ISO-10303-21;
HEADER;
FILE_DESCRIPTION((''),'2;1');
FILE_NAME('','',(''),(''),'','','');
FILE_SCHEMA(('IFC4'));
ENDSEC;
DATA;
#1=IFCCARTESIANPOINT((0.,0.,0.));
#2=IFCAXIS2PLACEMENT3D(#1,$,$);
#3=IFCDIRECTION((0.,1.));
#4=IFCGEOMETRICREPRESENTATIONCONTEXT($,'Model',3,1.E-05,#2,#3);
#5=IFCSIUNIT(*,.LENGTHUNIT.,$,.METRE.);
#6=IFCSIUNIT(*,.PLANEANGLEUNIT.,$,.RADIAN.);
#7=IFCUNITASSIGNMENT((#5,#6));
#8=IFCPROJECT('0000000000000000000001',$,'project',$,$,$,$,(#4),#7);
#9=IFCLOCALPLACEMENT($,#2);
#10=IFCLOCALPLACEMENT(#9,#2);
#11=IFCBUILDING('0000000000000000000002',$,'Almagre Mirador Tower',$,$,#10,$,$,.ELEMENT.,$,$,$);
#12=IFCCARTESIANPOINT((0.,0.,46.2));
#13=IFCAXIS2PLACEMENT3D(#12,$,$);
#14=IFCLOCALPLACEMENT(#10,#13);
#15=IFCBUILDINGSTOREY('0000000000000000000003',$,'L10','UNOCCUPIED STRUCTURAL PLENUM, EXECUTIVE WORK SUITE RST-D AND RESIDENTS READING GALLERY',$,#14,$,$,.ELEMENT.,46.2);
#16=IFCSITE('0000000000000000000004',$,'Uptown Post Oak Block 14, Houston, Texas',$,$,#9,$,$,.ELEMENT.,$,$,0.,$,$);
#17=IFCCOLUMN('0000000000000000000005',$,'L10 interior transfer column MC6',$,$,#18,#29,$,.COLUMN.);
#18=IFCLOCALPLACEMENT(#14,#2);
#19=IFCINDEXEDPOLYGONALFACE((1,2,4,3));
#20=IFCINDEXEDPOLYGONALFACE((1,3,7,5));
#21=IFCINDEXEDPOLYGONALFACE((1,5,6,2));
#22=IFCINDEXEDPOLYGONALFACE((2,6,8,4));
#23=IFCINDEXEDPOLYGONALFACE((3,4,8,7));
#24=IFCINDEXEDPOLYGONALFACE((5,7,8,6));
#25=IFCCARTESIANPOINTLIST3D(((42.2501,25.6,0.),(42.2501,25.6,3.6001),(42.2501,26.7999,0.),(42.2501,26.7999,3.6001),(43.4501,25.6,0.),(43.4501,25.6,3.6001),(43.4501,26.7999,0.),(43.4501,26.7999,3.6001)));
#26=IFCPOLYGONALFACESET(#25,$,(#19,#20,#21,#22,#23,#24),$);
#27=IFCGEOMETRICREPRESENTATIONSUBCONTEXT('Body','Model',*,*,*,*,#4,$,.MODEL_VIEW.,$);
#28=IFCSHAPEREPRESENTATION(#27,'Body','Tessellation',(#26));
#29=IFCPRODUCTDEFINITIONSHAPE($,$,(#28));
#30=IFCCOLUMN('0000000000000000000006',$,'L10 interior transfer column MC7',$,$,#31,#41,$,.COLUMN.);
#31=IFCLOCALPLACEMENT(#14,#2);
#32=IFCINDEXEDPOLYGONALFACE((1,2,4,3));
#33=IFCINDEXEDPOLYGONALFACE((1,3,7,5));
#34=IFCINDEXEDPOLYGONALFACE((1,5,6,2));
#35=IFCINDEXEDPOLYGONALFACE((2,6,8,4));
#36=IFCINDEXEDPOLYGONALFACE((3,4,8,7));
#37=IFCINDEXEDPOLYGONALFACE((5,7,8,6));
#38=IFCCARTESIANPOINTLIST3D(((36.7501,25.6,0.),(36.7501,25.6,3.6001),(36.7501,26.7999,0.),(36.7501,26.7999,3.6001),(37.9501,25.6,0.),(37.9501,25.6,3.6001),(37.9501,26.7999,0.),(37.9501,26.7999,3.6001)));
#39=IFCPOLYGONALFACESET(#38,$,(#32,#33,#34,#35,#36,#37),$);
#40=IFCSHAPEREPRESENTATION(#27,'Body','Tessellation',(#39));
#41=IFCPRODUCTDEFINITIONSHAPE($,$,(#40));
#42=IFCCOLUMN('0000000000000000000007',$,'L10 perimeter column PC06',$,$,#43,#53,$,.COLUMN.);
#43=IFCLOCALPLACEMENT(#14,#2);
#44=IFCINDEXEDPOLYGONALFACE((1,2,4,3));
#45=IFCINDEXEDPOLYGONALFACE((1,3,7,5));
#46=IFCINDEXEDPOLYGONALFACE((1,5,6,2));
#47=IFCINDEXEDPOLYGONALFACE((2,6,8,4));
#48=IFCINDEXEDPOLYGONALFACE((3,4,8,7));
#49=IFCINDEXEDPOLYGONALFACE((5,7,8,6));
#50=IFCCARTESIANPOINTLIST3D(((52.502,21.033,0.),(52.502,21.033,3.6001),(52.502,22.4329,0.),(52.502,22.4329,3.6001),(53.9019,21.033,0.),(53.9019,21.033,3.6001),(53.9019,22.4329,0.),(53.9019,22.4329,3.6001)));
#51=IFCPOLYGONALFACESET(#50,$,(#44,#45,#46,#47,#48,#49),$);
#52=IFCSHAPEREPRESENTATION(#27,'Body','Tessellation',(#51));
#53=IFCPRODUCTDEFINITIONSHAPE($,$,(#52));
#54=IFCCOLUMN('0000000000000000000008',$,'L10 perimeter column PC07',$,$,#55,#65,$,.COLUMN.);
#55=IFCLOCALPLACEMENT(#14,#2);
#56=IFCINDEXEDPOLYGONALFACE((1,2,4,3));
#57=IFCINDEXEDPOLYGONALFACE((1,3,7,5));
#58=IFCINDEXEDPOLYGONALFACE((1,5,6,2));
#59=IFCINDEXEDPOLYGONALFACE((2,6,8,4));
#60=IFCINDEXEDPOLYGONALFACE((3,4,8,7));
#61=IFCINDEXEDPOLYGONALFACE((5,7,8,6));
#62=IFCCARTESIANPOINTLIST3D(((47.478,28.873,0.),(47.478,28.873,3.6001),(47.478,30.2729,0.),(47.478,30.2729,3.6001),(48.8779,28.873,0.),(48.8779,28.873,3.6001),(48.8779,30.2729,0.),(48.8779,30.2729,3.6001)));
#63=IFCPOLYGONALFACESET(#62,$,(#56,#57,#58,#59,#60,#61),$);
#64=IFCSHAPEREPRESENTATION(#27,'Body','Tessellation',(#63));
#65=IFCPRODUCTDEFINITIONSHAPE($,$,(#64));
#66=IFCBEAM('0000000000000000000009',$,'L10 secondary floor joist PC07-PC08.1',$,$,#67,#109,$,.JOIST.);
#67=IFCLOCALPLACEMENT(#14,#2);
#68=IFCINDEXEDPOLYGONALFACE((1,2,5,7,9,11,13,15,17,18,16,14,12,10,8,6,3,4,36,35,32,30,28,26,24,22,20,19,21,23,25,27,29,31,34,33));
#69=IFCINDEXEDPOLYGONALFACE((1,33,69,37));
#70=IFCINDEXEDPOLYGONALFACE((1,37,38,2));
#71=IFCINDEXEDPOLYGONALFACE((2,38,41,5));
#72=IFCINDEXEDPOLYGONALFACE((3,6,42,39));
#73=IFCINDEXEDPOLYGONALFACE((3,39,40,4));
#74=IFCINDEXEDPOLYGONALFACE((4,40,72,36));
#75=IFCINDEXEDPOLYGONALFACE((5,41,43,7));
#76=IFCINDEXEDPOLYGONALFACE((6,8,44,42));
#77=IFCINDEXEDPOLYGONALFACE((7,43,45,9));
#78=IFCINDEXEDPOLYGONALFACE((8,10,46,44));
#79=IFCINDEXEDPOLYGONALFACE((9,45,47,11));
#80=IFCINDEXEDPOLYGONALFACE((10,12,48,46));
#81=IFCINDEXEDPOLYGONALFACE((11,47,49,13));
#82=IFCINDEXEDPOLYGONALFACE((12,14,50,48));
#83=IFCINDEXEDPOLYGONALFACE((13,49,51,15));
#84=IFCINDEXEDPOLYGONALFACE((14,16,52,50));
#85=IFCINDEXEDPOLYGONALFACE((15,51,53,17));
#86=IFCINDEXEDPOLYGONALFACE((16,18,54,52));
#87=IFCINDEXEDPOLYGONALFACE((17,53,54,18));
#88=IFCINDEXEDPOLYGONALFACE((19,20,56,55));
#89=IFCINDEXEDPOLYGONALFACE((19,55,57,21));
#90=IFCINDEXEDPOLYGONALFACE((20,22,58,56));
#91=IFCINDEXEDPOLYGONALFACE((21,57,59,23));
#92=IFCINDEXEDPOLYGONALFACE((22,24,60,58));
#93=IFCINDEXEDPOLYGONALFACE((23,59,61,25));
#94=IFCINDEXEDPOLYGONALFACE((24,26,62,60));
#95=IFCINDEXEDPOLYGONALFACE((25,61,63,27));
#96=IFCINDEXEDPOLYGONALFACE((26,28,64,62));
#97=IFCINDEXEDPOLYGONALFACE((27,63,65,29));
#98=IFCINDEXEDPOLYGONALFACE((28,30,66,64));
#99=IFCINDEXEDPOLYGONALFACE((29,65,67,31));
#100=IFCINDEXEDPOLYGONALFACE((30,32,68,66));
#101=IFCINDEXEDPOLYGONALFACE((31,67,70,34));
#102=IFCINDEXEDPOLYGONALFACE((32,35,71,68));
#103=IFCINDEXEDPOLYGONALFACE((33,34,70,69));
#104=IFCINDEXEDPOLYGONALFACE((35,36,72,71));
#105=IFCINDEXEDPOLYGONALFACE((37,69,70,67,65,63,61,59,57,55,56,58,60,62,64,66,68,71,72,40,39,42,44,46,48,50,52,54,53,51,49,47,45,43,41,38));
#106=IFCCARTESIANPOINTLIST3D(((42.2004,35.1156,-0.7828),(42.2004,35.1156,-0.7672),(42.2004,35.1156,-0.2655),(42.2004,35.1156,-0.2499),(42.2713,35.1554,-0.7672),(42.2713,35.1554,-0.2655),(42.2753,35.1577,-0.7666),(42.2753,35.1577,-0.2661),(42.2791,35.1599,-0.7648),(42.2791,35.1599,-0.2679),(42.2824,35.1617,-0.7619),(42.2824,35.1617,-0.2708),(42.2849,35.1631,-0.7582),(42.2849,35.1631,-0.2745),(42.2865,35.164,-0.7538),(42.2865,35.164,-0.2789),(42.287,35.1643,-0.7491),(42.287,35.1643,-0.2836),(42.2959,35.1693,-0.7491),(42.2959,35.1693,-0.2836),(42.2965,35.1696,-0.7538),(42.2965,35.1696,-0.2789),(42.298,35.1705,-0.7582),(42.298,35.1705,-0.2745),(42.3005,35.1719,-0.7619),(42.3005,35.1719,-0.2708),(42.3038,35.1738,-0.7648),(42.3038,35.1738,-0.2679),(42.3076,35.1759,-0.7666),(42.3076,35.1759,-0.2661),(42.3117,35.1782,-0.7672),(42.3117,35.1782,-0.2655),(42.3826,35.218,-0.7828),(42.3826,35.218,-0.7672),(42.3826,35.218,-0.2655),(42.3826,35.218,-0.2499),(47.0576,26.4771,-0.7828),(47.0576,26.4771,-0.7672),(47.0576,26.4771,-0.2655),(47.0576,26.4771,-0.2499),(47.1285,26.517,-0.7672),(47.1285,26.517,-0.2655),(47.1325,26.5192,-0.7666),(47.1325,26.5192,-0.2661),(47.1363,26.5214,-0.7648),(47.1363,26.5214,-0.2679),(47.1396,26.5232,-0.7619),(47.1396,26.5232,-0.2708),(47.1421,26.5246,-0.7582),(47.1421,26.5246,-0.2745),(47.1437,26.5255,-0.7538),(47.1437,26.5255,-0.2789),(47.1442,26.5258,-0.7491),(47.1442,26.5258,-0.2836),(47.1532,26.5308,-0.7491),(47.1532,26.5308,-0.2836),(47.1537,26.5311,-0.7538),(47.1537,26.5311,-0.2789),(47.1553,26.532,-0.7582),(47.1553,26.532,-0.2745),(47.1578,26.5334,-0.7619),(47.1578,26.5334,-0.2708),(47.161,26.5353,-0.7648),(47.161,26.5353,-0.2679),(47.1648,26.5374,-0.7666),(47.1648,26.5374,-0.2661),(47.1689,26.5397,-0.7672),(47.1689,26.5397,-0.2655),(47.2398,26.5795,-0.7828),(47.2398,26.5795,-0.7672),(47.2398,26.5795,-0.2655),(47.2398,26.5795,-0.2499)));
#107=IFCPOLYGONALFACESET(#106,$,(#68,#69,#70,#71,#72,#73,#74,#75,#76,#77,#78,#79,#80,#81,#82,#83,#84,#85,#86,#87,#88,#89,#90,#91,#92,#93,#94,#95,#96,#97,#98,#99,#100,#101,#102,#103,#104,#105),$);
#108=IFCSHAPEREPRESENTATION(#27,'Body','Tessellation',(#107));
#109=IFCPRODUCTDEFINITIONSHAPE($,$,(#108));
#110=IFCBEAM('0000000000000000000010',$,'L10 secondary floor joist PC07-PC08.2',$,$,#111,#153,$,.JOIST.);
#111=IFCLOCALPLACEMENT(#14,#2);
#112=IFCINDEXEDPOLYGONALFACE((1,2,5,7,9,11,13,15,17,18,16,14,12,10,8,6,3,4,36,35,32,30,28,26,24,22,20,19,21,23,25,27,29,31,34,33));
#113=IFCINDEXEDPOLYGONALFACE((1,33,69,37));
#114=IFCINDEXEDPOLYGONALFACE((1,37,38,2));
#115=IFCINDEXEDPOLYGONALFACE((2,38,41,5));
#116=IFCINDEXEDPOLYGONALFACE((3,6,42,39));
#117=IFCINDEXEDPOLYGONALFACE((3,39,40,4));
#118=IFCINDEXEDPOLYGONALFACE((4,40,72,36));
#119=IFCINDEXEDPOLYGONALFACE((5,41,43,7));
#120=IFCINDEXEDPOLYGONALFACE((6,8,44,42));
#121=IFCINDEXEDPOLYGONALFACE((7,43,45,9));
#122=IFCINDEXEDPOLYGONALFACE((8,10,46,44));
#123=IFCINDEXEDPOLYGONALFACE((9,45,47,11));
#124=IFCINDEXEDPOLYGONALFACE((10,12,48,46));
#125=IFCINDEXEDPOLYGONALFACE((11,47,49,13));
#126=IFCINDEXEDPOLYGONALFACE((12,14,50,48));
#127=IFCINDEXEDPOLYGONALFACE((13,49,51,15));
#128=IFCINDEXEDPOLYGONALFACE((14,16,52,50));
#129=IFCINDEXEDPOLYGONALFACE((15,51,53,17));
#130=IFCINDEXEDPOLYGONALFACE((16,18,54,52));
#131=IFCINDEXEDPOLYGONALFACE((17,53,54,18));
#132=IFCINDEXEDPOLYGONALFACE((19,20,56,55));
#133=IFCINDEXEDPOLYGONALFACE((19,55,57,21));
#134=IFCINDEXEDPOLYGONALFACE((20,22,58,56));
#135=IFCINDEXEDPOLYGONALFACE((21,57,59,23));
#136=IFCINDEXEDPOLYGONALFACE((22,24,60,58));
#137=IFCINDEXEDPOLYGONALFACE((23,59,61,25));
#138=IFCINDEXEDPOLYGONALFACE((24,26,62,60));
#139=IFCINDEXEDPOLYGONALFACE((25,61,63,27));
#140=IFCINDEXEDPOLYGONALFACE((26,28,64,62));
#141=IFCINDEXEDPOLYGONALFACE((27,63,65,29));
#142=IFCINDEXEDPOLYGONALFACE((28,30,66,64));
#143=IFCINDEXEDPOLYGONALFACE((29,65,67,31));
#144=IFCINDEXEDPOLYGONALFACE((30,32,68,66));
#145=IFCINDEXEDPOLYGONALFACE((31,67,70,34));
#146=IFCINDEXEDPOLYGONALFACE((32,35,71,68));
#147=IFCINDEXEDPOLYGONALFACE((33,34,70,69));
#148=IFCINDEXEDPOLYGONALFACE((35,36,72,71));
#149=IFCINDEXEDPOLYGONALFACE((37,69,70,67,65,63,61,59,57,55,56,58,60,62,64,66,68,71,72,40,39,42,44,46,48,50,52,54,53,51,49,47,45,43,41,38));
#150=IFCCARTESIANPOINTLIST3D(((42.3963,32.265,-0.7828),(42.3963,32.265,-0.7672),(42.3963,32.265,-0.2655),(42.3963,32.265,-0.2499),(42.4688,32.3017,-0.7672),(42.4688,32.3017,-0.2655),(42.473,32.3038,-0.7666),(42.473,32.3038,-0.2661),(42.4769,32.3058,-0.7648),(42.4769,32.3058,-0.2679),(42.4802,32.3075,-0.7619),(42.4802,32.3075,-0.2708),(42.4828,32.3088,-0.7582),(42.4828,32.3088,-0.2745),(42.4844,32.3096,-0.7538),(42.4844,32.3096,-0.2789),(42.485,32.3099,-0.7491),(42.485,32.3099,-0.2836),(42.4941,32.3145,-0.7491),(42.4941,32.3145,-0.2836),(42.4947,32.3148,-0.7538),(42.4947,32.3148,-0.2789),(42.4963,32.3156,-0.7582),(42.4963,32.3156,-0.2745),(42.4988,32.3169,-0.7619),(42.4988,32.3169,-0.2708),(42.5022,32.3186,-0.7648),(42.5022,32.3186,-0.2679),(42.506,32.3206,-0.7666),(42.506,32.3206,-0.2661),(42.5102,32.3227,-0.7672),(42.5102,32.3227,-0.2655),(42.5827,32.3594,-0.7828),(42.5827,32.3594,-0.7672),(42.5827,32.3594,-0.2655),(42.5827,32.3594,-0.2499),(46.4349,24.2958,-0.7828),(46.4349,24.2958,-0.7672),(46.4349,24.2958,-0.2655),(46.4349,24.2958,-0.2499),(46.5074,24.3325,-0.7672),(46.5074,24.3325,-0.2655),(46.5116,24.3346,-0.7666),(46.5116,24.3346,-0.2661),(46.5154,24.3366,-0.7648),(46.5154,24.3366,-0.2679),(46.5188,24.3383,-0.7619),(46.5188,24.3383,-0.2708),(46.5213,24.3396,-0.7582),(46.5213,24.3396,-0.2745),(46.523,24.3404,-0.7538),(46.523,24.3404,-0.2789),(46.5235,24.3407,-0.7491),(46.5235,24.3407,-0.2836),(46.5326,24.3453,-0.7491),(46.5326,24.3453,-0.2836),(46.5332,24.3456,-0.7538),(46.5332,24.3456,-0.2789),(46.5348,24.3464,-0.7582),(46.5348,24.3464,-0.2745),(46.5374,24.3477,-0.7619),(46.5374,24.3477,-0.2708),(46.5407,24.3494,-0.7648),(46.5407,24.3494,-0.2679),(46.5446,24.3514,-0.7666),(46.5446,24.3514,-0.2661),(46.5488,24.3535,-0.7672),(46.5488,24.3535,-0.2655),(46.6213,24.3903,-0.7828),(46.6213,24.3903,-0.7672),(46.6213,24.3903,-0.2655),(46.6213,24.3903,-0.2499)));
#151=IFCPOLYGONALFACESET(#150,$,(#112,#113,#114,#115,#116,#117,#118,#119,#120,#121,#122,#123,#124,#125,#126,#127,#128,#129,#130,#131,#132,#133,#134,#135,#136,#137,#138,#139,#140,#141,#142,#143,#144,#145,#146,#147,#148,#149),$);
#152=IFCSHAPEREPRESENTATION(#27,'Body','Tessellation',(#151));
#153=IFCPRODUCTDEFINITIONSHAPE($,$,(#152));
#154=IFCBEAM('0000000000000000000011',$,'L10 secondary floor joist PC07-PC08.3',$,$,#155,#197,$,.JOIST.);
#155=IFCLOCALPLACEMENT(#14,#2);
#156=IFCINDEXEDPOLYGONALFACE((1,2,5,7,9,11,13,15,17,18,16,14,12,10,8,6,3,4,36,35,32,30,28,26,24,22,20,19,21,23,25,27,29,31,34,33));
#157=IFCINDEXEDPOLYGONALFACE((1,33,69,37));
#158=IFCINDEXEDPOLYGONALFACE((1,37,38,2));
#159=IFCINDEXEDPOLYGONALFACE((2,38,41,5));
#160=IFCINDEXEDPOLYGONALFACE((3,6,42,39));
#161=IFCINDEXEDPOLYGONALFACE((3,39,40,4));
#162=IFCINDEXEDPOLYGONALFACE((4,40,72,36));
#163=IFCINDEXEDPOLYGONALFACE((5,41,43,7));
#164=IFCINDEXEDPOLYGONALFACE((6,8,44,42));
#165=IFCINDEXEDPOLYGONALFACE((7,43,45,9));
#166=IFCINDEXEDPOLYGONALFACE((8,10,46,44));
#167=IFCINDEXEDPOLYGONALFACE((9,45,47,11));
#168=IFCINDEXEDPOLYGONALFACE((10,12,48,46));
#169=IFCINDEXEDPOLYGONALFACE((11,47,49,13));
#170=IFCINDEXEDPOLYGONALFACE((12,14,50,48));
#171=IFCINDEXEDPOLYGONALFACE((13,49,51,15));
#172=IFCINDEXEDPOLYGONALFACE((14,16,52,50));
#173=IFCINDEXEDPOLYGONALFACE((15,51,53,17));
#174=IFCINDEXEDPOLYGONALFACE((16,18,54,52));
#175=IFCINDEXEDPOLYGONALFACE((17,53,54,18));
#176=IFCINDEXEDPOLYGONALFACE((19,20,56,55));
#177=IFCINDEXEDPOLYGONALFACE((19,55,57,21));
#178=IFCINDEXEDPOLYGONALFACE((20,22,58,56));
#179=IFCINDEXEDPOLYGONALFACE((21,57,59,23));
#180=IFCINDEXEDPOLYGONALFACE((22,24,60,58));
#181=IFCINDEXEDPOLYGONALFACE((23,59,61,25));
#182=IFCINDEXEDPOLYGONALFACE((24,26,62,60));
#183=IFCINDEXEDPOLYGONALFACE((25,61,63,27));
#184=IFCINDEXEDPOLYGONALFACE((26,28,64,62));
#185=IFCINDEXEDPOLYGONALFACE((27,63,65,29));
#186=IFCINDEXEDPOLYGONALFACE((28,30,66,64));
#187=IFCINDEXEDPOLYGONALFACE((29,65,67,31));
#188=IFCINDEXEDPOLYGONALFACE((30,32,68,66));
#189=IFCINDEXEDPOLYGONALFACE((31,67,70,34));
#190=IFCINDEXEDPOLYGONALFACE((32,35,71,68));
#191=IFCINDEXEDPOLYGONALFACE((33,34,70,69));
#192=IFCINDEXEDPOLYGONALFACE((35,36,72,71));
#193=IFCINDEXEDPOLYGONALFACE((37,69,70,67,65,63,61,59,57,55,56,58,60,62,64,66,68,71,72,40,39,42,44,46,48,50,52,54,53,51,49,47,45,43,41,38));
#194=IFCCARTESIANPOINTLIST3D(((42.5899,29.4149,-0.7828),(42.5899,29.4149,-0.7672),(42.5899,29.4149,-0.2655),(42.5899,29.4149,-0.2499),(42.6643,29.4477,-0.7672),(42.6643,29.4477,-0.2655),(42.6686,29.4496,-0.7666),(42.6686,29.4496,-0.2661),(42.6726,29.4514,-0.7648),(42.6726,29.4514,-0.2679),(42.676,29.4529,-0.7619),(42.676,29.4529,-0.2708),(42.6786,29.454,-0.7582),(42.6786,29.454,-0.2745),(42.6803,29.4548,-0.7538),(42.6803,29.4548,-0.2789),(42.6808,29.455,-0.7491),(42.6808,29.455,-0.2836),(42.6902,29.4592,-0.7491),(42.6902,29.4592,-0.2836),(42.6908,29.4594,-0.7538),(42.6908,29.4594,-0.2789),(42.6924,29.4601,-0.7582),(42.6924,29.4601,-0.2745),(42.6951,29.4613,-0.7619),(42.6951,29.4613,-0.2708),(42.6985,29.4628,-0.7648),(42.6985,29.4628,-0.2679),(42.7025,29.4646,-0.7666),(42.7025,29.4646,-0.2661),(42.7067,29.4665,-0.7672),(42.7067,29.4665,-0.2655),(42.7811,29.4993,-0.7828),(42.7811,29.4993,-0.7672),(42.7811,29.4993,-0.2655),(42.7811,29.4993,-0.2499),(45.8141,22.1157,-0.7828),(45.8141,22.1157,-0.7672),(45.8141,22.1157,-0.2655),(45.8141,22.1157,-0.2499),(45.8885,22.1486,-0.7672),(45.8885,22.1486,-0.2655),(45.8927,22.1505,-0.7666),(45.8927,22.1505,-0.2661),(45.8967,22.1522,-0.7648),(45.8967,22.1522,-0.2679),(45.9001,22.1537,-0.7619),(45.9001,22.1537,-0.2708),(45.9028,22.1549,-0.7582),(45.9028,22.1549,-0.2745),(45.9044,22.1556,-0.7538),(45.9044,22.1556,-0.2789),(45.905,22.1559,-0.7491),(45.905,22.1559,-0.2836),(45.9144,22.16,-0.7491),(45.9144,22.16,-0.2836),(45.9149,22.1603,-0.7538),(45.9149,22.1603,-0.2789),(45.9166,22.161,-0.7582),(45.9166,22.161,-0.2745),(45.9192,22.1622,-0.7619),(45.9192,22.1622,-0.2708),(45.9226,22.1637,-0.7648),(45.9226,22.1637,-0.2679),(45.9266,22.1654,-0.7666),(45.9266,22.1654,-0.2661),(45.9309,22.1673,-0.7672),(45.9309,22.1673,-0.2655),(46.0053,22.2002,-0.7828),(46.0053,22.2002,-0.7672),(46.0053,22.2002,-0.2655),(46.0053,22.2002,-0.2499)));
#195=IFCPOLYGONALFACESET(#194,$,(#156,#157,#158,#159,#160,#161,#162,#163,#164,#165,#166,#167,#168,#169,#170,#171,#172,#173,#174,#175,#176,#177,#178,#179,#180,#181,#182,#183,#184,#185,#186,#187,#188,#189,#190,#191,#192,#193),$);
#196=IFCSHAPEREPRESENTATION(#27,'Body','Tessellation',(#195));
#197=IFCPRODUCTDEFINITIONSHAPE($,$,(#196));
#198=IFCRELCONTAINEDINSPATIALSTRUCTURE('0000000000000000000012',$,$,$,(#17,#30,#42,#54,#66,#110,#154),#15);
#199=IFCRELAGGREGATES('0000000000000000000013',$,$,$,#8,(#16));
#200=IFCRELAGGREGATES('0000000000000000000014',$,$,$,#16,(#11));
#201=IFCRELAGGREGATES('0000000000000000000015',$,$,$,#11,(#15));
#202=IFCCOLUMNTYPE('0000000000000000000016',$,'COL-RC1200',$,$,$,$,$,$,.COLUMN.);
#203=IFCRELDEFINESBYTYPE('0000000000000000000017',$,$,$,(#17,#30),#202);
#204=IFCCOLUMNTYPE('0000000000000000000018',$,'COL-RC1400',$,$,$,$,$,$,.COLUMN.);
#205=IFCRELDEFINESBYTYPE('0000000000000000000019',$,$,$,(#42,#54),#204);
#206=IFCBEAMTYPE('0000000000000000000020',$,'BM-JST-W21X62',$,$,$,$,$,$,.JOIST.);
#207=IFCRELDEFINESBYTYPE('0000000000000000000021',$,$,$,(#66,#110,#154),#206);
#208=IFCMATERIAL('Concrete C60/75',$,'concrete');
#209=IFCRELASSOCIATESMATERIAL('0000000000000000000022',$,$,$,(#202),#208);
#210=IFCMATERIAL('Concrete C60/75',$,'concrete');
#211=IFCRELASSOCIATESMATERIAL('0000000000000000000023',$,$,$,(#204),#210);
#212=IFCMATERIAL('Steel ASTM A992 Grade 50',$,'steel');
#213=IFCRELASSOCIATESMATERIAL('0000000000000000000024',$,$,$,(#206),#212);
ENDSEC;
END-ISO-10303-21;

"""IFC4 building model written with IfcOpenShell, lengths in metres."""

from ifc_helpers import new_model, si_unit, direction, frame, origin, origin_2d, place, context, subcontext, project, spatial, rectangle, i_section, extrude, material, material_profile, profile_set, type_object, element, save


model = new_model("IFC4")

# Units and contexts
model_context = context("Model", 3, precision=1e-05, world=origin(), true_north=direction((0.0, 1.0)))
body_context = subcontext(model_context, "Body", "Model", "MODEL_VIEW")
ifc_project = project(units=[si_unit("LENGTHUNIT", "METRE"), si_unit("PLANEANGLEUNIT", "RADIAN")], contexts=[model_context])

# Site, building, storey
site_placement = place(None, origin())
site = spatial("IfcSite", under=ifc_project, at=site_placement, Name="Uptown Post Oak Block 14, Houston, Texas", CompositionType="ELEMENT", RefElevation=0.0)
building_placement = place(site_placement, origin())
building = spatial("IfcBuilding", under=site, at=building_placement, Name="Almagre Mirador Tower", CompositionType="ELEMENT")
storey_placement = place(building_placement, frame((0.0, 0.0, 46.2)))
storey = spatial("IfcBuildingStorey", under=building, at=storey_placement, Name="L10", Description="UNOCCUPIED STRUCTURAL PLENUM, EXECUTIVE WORK SUITE RST-D AND RESIDENTS READING GALLERY", CompositionType="ELEMENT", Elevation=46.2)

# Columns
ifc_material_1 = material(Name="Concrete C60/75", Category="concrete")
ifc_material_profile_1 = material_profile(ifc_material_1, rectangle(XDim=1.2, YDim=1.2, at=origin_2d()), Name="RC1200X1200")
ifc_profile_set_1 = profile_set([ifc_material_profile_1], Name="Concrete C60/75")
column_type_1 = type_object("IfcColumnType", Name="COL-RC1200", PredefinedType="COLUMN", material=ifc_profile_set_1)
for number, where, z_axis, x_axis, name in (
    (1, (42.8501, 26.2, 0.0), (0.0, 0.0, 1.0), (1.0, 0.0, 0.0), "L10 interior transfer column MC6"),
    (2, (37.3501, 26.2, 0.0), (0.0, 0.0, 1.0), (1.0, 0.0, 0.0), "L10 interior transfer column MC7"),
):
    element("IfcColumn", number, at=place(storey_placement, frame(where, z_axis=z_axis, x_axis=x_axis)), inside=storey, type_object=column_type_1, Name=name, PredefinedType="COLUMN", context=body_context, shape_type="SweptSolid", body=[
        extrude(rectangle(XDim=1.2, YDim=1.2, at=origin_2d()), origin(), (0.0, 0.0, 1.0), 3.6001),
    ])
ifc_material_2 = material(Name="Concrete C60/75", Category="concrete")
ifc_material_profile_2 = material_profile(ifc_material_2, rectangle(XDim=1.3999, YDim=1.3999, at=origin_2d()), Name="RC1400X1400")
ifc_profile_set_2 = profile_set([ifc_material_profile_2], Name="Concrete C60/75")
column_type_2 = type_object("IfcColumnType", Name="COL-RC1400", PredefinedType="COLUMN", material=ifc_profile_set_2)
for number, where, z_axis, x_axis, name in (
    (3, (53.2019, 21.7329, 0.0), (0.0, 0.0, 1.0), (1.0, 0.0, 0.0), "L10 perimeter column PC06"),
    (4, (48.178, 29.573, 0.0), (0.0, 0.0, 1.0), (1.0, 0.0, 0.0), "L10 perimeter column PC07"),
):
    element("IfcColumn", number, at=place(storey_placement, frame(where, z_axis=z_axis, x_axis=x_axis)), inside=storey, type_object=column_type_2, Name=name, PredefinedType="COLUMN", context=body_context, shape_type="SweptSolid", body=[
        extrude(rectangle(XDim=1.3999, YDim=1.3999, at=origin_2d()), origin(), (0.0, 0.0, 1.0), 3.6001),
    ])

# Beams
ifc_material_3 = material(Name="Steel ASTM A992 Grade 50", Category="steel")
ifc_material_profile_3 = material_profile(ifc_material_3, i_section(OverallWidth=0.209, OverallDepth=0.533, WebThickness=0.0103, FlangeThickness=0.0156, FilletRadius=0.0181, at=origin_2d()), Name="W21X62")
ifc_profile_set_3 = profile_set([ifc_material_profile_3], Name="Steel ASTM A992 Grade 50")
beam_type_1 = type_object("IfcBeamType", Name="BM-JST-W21X62", PredefinedType="JOIST", material=ifc_profile_set_3)
beam_1_placement = place(storey_placement, frame((47.1487, 26.5283, -0.5164), z_axis=(-0.490113, 0.871659, 0.0), x_axis=(-0.871659, -0.490113, 0.0)))
element("IfcBeam", 5, at=beam_1_placement, inside=storey, type_object=beam_type_1, Name="L10 secondary floor joist PC07-PC08.1", PredefinedType="JOIST", context=body_context, shape_type="SweptSolid", body=[
    extrude(i_section(OverallWidth=0.209, OverallDepth=0.533, WebThickness=0.0103, FlangeThickness=0.0156, FilletRadius=0.0181, at=origin_2d()), origin(), (0.0, 0.0, 1.0), 9.9104),
])
beam_2_placement = place(storey_placement, frame((46.5281, 24.343, -0.5164), z_axis=(-0.452038, 0.891998, 0.0), x_axis=(-0.891998, -0.452038, 0.0)))
element("IfcBeam", 6, at=beam_2_placement, inside=storey, type_object=beam_type_1, Name="L10 secondary floor joist PC07-PC08.2", PredefinedType="JOIST", context=body_context, shape_type="SweptSolid", body=[
    extrude(i_section(OverallWidth=0.209, OverallDepth=0.533, WebThickness=0.0103, FlangeThickness=0.0156, FilletRadius=0.0181, at=origin_2d()), origin(), (0.0, 0.0, 1.0), 8.9341),
])
beam_3_placement = place(storey_placement, frame((45.9097, 22.158, -0.5164), z_axis=(-0.404054, 0.914735, 0.0), x_axis=(-0.914735, -0.404054, 0.0)))
element("IfcBeam", 7, at=beam_3_placement, inside=storey, type_object=beam_type_1, Name="L10 secondary floor joist PC07-PC08.3", PredefinedType="JOIST", context=body_context, shape_type="SweptSolid", body=[
    extrude(i_section(OverallWidth=0.209, OverallDepth=0.533, WebThickness=0.0103, FlangeThickness=0.0156, FilletRadius=0.0181, at=origin_2d()), origin(), (0.0, 0.0, 1.0), 7.9795),
])

save(model, "model.ifc")
